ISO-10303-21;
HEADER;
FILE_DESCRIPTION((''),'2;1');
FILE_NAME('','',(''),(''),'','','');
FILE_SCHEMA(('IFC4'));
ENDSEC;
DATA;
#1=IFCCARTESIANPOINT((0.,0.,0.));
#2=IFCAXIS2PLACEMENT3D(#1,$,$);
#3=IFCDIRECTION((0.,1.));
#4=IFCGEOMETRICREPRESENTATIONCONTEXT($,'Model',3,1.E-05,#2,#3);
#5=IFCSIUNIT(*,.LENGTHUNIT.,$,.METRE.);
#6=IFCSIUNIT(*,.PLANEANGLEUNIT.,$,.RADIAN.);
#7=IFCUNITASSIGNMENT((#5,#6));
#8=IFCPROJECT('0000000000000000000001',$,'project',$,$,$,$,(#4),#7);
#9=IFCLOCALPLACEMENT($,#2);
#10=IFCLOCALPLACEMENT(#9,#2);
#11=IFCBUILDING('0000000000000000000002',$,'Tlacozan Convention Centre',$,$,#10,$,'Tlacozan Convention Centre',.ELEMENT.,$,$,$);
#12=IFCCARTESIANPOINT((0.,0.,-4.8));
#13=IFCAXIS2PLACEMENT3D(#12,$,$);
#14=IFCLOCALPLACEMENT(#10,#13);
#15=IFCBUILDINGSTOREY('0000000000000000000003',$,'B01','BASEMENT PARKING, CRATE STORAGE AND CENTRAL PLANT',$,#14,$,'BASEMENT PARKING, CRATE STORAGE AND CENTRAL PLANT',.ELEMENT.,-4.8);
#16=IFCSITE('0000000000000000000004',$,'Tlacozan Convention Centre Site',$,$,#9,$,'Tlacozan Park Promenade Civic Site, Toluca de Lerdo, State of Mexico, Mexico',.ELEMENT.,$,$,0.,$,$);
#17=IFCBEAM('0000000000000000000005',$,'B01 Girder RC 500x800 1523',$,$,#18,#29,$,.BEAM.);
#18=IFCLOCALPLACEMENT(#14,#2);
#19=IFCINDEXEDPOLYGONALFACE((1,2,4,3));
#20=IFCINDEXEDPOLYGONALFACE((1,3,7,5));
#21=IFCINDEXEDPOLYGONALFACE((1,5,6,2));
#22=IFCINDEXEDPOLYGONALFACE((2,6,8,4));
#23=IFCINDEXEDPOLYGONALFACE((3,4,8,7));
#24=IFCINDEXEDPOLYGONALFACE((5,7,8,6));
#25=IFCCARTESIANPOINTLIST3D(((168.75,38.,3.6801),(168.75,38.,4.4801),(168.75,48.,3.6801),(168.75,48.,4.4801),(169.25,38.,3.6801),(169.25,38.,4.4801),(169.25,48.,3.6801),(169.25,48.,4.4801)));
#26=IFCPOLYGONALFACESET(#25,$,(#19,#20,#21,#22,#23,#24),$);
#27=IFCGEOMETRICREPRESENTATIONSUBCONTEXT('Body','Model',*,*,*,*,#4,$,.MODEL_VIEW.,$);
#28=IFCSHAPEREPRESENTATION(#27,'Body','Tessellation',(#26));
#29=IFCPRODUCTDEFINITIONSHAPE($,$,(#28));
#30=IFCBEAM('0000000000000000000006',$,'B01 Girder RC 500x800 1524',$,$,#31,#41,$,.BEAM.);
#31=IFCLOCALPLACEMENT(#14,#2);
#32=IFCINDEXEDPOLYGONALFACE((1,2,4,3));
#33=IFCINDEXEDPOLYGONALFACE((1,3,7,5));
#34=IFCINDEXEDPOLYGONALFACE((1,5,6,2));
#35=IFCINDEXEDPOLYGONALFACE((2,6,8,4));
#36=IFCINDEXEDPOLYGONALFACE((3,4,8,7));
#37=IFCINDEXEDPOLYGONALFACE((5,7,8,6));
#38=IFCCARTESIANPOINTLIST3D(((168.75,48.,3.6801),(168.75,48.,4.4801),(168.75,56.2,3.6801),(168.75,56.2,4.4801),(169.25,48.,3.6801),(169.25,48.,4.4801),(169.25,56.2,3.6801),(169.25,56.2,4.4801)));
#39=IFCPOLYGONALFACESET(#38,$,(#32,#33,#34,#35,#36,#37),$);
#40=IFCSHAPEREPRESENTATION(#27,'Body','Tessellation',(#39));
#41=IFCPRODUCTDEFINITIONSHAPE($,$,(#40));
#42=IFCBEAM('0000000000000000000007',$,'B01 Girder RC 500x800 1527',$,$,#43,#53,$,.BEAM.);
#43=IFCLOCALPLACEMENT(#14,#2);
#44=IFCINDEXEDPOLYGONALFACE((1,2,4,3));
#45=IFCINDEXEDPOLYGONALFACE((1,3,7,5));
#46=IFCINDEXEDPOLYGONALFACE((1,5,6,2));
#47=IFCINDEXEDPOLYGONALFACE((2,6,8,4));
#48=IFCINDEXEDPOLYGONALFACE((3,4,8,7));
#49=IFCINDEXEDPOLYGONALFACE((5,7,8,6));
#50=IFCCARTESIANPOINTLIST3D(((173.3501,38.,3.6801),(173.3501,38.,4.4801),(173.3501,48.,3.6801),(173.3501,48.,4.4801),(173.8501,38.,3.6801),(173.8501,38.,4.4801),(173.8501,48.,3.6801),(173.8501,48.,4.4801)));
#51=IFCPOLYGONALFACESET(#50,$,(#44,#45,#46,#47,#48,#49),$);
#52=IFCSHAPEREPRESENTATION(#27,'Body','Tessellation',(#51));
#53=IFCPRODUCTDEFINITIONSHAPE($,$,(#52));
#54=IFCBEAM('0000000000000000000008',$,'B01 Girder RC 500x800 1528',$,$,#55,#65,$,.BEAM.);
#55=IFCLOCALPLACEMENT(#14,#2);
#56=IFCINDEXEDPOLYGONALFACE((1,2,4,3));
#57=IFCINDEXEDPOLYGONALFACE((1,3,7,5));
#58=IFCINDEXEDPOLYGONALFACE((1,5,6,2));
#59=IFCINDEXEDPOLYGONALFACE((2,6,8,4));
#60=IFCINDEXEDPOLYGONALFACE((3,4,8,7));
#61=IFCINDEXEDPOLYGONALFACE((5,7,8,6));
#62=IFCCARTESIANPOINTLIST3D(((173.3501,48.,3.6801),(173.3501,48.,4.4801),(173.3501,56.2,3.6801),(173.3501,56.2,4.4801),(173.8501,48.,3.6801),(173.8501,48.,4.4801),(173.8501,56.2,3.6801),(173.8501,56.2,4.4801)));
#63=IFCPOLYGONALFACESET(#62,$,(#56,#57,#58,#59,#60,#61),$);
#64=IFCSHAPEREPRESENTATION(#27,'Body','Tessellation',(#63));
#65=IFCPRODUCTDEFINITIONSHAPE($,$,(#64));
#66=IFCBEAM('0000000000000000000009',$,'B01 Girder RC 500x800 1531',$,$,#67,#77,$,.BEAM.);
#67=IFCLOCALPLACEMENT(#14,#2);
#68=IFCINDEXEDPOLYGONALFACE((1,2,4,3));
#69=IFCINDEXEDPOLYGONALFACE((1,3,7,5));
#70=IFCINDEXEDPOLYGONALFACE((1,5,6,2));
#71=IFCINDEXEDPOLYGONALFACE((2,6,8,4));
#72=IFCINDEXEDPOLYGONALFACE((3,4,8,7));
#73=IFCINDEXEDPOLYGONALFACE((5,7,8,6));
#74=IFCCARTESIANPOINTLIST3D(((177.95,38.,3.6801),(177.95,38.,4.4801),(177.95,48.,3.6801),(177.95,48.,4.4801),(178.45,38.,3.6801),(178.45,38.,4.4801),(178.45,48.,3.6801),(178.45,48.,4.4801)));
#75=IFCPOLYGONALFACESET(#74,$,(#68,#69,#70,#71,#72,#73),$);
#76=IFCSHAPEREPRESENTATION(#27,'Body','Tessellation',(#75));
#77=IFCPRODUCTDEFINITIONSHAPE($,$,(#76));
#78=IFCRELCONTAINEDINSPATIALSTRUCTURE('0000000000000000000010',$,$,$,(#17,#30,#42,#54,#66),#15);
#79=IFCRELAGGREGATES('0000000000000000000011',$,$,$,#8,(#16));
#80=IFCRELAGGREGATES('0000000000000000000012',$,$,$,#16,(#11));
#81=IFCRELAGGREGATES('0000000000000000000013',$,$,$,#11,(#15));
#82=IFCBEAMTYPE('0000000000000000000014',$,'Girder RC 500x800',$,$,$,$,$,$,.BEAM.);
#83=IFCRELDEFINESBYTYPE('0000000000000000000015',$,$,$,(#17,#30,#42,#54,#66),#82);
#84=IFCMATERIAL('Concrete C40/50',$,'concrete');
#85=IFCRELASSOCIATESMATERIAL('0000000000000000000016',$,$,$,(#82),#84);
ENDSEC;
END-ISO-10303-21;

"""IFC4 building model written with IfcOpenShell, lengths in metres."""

from ifc_helpers import new_model, si_unit, direction, frame, origin, origin_2d, place, context, subcontext, project, spatial, rectangle, extrude, material, material_profile, profile_set, type_object, element, save


model = new_model("IFC4")

# Units and contexts
model_context = context("Model", 3, precision=1e-05, world=origin(), true_north=direction((0.0, 1.0)))
body_context = subcontext(model_context, "Body", "Model", "MODEL_VIEW")
ifc_project = project(units=[si_unit("LENGTHUNIT", "METRE"), si_unit("PLANEANGLEUNIT", "RADIAN")], contexts=[model_context])

# Site, building, storey
site_placement = place(None, origin())
site = spatial("IfcSite", under=ifc_project, at=site_placement, Name="Tlacozan Convention Centre Site", LongName="Tlacozan Park Promenade Civic Site, Toluca de Lerdo, State of Mexico, Mexico", CompositionType="ELEMENT", RefElevation=0.0)
building_placement = place(site_placement, origin())
building = spatial("IfcBuilding", under=site, at=building_placement, Name="Tlacozan Convention Centre", LongName="Tlacozan Convention Centre", CompositionType="ELEMENT")
storey_placement = place(building_placement, frame((0.0, 0.0, -4.8)))
storey = spatial("IfcBuildingStorey", under=building, at=storey_placement, Name="B01", Description="BASEMENT PARKING, CRATE STORAGE AND CENTRAL PLANT", LongName="BASEMENT PARKING, CRATE STORAGE AND CENTRAL PLANT", CompositionType="ELEMENT", Elevation=-4.8)

# Shared definitions
ifc_material_1 = material(Name="Concrete C40/50", Category="concrete")

# Beams
ifc_material_profile_1 = material_profile(ifc_material_1, rectangle(XDim=0.5, YDim=0.8, at=origin_2d()), Name="RC 500x800")
ifc_profile_set_1 = profile_set([ifc_material_profile_1], Name="Concrete C40/50")
beam_type_1 = type_object("IfcBeamType", Name="Girder RC 500x800", PredefinedType="BEAM", material=ifc_profile_set_1)
beam_1_placement = place(storey_placement, frame((169.0, 38.0, 4.0801), z_axis=(0.0, 1.0, 0.0), x_axis=(-1.0, 0.0, 0.0)))
element("IfcBeam", 1, at=beam_1_placement, inside=storey, type_object=beam_type_1, Name="B01 Girder RC 500x800 1523", PredefinedType="BEAM", context=body_context, shape_type="SweptSolid", body=[
    extrude(rectangle(XDim=0.5, YDim=0.8, at=origin_2d()), origin(), (0.0, 0.0, 1.0), 10.0),
])
beam_2_placement = place(storey_placement, frame((169.0, 48.0, 4.0801), z_axis=(0.0, 1.0, 0.0), x_axis=(-1.0, 0.0, 0.0)))
element("IfcBeam", 2, at=beam_2_placement, inside=storey, type_object=beam_type_1, Name="B01 Girder RC 500x800 1524", PredefinedType="BEAM", context=body_context, shape_type="SweptSolid", body=[
    extrude(rectangle(XDim=0.5, YDim=0.8, at=origin_2d()), origin(), (0.0, 0.0, 1.0), 8.2),
])
beam_3_placement = place(storey_placement, frame((173.6001, 38.0, 4.0801), z_axis=(0.0, 1.0, 0.0), x_axis=(-1.0, 0.0, 0.0)))
element("IfcBeam", 3, at=beam_3_placement, inside=storey, type_object=beam_type_1, Name="B01 Girder RC 500x800 1527", PredefinedType="BEAM", context=body_context, shape_type="SweptSolid", body=[
    extrude(rectangle(XDim=0.5, YDim=0.8, at=origin_2d()), origin(), (0.0, 0.0, 1.0), 10.0),
])
beam_4_placement = place(storey_placement, frame((173.6001, 48.0, 4.0801), z_axis=(0.0, 1.0, 0.0), x_axis=(-1.0, 0.0, 0.0)))
element("IfcBeam", 4, at=beam_4_placement, inside=storey, type_object=beam_type_1, Name="B01 Girder RC 500x800 1528", PredefinedType="BEAM", context=body_context, shape_type="SweptSolid", body=[
    extrude(rectangle(XDim=0.5, YDim=0.8, at=origin_2d()), origin(), (0.0, 0.0, 1.0), 8.2),
])
beam_5_placement = place(storey_placement, frame((178.2, 38.0, 4.0801), z_axis=(0.0, 1.0, 0.0), x_axis=(-1.0, 0.0, 0.0)))
element("IfcBeam", 5, at=beam_5_placement, inside=storey, type_object=beam_type_1, Name="B01 Girder RC 500x800 1531", PredefinedType="BEAM", context=body_context, shape_type="SweptSolid", body=[
    extrude(rectangle(XDim=0.5, YDim=0.8, at=origin_2d()), origin(), (0.0, 0.0, 1.0), 10.0),
])

save(model, "model.ifc")
